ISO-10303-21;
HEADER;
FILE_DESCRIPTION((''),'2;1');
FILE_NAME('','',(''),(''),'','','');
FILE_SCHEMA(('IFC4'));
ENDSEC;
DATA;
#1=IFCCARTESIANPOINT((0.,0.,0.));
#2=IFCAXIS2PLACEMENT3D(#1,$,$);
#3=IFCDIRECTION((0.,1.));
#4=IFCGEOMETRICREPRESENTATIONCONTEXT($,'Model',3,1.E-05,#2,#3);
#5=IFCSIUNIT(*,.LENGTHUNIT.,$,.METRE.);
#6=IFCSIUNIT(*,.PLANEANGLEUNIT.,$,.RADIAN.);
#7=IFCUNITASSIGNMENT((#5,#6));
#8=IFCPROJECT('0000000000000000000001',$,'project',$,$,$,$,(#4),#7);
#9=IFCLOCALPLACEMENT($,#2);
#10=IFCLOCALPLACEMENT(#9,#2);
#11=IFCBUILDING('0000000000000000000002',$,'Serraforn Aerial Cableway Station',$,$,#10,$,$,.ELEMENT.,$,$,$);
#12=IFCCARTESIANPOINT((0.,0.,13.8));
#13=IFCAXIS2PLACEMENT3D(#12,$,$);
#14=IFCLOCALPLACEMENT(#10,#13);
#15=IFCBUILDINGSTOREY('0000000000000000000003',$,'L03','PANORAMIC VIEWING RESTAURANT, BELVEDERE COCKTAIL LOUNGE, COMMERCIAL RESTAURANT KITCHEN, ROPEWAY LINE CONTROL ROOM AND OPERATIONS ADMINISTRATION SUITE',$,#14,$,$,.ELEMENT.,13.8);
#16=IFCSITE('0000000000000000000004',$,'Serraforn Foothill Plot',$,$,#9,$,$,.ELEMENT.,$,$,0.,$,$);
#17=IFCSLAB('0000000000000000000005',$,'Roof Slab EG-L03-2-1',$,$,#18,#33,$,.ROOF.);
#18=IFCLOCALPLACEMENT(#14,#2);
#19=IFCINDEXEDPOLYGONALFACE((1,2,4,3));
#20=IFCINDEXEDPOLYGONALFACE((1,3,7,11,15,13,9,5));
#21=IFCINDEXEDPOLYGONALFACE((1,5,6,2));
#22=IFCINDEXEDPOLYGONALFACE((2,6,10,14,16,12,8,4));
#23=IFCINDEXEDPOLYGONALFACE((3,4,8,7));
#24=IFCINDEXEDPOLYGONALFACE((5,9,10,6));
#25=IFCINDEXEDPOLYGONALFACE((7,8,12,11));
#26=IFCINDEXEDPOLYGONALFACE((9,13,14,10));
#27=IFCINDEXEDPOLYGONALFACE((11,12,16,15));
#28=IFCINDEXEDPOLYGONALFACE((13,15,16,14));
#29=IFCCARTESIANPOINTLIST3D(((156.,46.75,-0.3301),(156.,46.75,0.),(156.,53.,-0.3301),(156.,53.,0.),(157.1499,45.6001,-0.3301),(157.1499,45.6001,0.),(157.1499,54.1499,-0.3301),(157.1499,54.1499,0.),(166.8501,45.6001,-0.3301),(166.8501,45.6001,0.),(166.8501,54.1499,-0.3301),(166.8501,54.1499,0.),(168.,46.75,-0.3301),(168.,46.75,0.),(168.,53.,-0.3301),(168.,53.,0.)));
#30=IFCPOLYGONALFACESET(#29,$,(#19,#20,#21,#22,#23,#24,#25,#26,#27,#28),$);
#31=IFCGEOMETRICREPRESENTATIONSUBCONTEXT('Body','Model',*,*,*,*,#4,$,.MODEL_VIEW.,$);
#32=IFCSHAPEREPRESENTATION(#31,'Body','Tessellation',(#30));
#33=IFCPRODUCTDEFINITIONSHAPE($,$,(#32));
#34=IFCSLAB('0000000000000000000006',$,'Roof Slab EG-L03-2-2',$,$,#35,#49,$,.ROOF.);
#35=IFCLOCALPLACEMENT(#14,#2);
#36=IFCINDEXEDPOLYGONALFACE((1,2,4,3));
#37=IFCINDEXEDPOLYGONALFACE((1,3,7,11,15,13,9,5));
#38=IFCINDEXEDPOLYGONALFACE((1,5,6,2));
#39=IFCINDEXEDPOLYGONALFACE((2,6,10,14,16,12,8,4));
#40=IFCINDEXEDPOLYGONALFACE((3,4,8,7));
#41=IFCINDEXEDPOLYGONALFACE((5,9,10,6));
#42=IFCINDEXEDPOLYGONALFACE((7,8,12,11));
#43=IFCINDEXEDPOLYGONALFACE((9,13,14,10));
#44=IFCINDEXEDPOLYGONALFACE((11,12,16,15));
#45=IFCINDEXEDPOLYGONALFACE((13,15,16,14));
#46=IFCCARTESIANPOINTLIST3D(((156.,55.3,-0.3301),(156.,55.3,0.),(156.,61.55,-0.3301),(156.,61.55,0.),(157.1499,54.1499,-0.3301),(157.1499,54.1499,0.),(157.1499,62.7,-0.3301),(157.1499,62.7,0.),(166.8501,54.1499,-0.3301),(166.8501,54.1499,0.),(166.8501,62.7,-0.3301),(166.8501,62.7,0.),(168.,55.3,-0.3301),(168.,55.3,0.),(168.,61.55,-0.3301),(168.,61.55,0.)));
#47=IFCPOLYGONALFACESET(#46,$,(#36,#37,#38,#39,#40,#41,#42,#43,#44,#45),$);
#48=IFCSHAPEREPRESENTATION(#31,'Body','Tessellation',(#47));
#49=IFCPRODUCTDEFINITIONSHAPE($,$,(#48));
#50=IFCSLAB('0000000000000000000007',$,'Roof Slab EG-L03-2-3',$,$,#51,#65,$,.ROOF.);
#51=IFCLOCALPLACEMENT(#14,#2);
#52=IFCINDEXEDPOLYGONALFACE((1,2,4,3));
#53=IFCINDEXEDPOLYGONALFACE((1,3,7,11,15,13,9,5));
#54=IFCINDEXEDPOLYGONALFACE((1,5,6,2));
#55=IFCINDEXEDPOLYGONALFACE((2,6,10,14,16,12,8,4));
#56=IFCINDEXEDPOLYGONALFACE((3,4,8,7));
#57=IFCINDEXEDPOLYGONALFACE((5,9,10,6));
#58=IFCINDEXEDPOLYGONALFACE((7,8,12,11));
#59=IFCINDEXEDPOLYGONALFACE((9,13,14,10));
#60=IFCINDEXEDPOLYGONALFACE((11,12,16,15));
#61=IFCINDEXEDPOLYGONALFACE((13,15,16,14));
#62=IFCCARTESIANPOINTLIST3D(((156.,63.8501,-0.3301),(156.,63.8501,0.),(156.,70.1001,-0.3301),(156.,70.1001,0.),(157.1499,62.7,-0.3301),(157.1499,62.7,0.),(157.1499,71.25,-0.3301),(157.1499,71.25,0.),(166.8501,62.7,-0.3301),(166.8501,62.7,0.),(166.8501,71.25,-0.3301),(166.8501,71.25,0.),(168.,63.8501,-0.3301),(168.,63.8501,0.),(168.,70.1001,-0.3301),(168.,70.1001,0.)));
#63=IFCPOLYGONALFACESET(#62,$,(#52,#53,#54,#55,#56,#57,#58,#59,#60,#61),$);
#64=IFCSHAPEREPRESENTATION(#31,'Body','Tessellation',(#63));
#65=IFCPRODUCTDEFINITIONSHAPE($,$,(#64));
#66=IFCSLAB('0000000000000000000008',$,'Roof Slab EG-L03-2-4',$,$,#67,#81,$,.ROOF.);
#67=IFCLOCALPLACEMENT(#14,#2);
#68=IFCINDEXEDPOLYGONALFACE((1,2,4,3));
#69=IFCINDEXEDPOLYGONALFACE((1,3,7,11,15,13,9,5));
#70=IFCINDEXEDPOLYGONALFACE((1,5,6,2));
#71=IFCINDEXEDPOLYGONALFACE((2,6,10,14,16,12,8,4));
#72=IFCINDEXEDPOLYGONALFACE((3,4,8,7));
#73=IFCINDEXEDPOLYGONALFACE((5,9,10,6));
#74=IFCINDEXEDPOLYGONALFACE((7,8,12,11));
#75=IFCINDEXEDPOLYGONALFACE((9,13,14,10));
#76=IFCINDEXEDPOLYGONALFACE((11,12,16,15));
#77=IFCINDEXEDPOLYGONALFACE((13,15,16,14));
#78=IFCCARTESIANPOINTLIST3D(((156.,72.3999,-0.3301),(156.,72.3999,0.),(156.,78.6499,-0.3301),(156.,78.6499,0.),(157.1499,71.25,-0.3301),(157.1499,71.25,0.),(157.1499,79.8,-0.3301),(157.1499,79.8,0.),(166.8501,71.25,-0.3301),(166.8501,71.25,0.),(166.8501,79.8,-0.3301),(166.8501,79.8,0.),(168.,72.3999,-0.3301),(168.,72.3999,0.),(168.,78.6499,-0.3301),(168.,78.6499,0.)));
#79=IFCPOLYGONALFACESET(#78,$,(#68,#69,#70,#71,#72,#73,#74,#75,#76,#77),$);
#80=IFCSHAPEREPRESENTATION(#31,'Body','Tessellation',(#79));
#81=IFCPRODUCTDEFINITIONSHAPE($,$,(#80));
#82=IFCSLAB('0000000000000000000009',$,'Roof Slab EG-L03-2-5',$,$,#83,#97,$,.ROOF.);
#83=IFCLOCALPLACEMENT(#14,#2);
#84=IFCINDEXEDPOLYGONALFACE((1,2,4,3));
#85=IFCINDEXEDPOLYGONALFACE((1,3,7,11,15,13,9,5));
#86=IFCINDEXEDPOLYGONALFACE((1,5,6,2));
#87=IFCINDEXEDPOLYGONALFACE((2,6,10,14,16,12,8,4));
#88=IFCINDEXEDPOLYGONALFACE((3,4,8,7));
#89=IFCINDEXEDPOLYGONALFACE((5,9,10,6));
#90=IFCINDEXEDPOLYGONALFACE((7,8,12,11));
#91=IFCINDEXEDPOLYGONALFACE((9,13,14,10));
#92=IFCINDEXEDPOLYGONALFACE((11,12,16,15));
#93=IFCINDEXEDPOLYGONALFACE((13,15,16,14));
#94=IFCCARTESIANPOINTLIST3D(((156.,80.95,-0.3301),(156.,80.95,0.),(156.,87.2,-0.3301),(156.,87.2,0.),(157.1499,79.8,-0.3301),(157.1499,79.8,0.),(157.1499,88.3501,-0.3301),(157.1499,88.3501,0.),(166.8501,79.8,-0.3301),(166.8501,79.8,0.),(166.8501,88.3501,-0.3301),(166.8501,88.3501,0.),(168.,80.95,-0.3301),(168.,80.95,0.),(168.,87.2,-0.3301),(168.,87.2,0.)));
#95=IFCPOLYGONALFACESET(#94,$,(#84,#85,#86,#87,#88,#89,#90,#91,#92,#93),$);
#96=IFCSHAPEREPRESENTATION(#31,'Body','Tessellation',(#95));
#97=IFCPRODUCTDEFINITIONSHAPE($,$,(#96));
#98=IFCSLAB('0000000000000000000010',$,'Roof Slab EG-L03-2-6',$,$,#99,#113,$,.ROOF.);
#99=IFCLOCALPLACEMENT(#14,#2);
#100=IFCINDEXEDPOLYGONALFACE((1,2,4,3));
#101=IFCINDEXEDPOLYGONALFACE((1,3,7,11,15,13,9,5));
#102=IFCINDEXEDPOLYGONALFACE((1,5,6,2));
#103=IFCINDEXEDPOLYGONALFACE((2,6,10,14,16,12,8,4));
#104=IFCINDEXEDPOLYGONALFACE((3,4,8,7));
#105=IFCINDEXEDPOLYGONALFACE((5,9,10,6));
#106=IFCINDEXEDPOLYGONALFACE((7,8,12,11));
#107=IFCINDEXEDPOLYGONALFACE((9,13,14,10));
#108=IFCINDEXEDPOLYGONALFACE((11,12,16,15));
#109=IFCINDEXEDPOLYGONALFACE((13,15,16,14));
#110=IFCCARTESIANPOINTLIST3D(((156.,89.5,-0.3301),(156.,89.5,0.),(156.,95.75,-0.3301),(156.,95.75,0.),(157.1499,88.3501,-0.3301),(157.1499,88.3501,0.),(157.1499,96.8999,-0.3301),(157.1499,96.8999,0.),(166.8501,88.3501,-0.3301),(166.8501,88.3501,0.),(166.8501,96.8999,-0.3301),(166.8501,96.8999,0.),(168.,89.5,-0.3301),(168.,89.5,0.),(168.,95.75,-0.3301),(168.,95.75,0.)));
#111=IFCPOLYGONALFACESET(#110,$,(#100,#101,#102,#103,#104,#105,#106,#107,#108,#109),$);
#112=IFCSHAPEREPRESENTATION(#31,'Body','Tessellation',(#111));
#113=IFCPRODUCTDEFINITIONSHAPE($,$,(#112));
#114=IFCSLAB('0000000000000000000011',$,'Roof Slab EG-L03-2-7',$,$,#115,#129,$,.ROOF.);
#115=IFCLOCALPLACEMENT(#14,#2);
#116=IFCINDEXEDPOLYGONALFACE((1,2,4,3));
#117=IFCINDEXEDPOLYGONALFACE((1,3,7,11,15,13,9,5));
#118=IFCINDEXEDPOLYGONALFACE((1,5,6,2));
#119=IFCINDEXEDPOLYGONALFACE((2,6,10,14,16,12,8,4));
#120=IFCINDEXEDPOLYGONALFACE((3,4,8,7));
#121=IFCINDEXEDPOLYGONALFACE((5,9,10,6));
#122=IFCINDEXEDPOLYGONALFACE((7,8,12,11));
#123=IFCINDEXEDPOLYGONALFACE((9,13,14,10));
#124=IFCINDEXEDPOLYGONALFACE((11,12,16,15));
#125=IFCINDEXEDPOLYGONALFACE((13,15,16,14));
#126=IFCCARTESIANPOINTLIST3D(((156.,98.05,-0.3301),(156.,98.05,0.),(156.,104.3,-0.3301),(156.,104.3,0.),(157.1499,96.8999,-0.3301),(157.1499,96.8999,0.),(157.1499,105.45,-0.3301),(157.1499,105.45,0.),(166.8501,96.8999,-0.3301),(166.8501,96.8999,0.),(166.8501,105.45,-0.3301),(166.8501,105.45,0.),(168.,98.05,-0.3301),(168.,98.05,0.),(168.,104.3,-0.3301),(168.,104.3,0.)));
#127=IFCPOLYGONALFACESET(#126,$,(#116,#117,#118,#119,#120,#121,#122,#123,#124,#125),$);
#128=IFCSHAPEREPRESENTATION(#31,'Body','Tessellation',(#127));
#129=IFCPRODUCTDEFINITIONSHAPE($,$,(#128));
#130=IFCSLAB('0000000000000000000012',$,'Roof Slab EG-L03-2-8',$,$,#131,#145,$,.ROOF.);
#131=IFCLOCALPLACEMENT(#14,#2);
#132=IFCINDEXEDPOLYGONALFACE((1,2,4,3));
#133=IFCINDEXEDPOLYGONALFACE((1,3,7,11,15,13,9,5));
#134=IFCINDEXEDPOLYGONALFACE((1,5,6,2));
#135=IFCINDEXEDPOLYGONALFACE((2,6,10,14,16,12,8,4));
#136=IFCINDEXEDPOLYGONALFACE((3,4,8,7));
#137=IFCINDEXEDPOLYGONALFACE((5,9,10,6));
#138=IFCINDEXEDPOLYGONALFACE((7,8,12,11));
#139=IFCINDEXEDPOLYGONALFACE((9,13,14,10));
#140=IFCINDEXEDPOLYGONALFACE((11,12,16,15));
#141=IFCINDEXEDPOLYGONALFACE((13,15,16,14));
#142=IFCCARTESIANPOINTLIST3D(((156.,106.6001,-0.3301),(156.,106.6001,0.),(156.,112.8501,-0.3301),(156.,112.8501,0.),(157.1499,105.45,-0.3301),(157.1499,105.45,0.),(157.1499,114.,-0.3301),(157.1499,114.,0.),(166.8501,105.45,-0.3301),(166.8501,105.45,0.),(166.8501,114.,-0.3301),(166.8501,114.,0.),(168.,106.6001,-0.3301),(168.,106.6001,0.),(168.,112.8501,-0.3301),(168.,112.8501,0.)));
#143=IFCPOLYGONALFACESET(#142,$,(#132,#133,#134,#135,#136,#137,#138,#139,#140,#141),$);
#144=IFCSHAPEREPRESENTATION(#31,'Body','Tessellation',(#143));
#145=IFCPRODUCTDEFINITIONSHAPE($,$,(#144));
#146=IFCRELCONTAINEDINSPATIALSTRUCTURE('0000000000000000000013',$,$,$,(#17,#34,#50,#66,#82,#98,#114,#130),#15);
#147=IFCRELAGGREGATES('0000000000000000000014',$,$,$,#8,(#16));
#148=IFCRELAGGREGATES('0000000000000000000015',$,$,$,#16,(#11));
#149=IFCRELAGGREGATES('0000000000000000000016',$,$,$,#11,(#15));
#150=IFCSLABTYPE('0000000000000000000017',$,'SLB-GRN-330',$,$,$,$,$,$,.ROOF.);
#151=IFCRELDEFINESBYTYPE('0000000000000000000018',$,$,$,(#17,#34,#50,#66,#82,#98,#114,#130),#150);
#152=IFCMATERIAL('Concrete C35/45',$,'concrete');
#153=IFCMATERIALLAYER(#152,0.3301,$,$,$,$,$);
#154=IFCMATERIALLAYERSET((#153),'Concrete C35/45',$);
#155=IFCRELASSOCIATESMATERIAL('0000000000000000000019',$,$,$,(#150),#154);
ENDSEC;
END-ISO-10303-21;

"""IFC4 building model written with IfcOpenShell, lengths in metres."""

from ifc_helpers import new_model, si_unit, direction, frame, origin, place, context, subcontext, project, spatial, polyline, outline, extrude, material, layer, layer_set, type_object, element, save


model = new_model("IFC4")

# Units and contexts
model_context = context("Model", 3, precision=1e-05, world=origin(), true_north=direction((0.0, 1.0)))
body_context = subcontext(model_context, "Body", "Model", "MODEL_VIEW")
ifc_project = project(units=[si_unit("LENGTHUNIT", "METRE"), si_unit("PLANEANGLEUNIT", "RADIAN")], contexts=[model_context])

# Site, building, storey
site_placement = place(None, origin())
site = spatial("IfcSite", under=ifc_project, at=site_placement, Name="Serraforn Foothill Plot", CompositionType="ELEMENT", RefElevation=0.0)
building_placement = place(site_placement, origin())
building = spatial("IfcBuilding", under=site, at=building_placement, Name="Serraforn Aerial Cableway Station", CompositionType="ELEMENT")
storey_placement = place(building_placement, frame((0.0, 0.0, 13.8)))
storey = spatial("IfcBuildingStorey", under=building, at=storey_placement, Name="L03", Description="PANORAMIC VIEWING RESTAURANT, BELVEDERE COCKTAIL LOUNGE, COMMERCIAL RESTAURANT KITCHEN, ROPEWAY LINE CONTROL ROOM AND OPERATIONS ADMINISTRATION SUITE", CompositionType="ELEMENT", Elevation=13.8)

# Shared definitions
ifc_material_1 = material(Name="Concrete C35/45", Category="concrete")

# Shared definitions
ifc_layer_1 = layer(ifc_material_1, 0.3301)
ifc_layer_set_1 = layer_set([ifc_layer_1], Name="Concrete C35/45")
slab_type_1 = type_object("IfcSlabType", Name="SLB-GRN-330", PredefinedType="ROOF", material=ifc_layer_set_1)

# Slabs
slab_1_placement = place(storey_placement, frame((0.0, 0.0, -0.3301)))
element("IfcSlab", 1, at=slab_1_placement, inside=storey, type_object=slab_type_1, Name="Roof Slab EG-L03-2-1", PredefinedType="ROOF", context=body_context, shape_type="SweptSolid", body=[
    extrude(outline(polyline([(157.1499, 45.6001), (166.8501, 45.6001), (168.0, 46.75), (168.0, 53.0), (166.8501, 54.1499), (157.1499, 54.1499), (156.0, 53.0), (156.0, 46.75), (157.1499, 45.6001)])), origin(), (0.0, 0.0, 1.0), 0.3301),
])
slab_2_placement = place(storey_placement, frame((0.0, 0.0, -0.3301)))
element("IfcSlab", 2, at=slab_2_placement, inside=storey, type_object=slab_type_1, Name="Roof Slab EG-L03-2-2", PredefinedType="ROOF", context=body_context, shape_type="SweptSolid", body=[
    extrude(outline(polyline([(157.1499, 54.1499), (166.8501, 54.1499), (168.0, 55.3), (168.0, 61.55), (166.8501, 62.7), (157.1499, 62.7), (156.0, 61.55), (156.0, 55.3), (157.1499, 54.1499)])), origin(), (0.0, 0.0, 1.0), 0.3301),
])
slab_3_placement = place(storey_placement, frame((0.0, 0.0, -0.3301)))
element("IfcSlab", 3, at=slab_3_placement, inside=storey, type_object=slab_type_1, Name="Roof Slab EG-L03-2-3", PredefinedType="ROOF", context=body_context, shape_type="SweptSolid", body=[
    extrude(outline(polyline([(157.1499, 62.7), (166.8501, 62.7), (168.0, 63.8501), (168.0, 70.1001), (166.8501, 71.25), (157.1499, 71.25), (156.0, 70.1001), (156.0, 63.8501), (157.1499, 62.7)])), origin(), (0.0, 0.0, 1.0), 0.3301),
])
slab_4_placement = place(storey_placement, frame((0.0, 0.0, -0.3301)))
element("IfcSlab", 4, at=slab_4_placement, inside=storey, type_object=slab_type_1, Name="Roof Slab EG-L03-2-4", PredefinedType="ROOF", context=body_context, shape_type="SweptSolid", body=[
    extrude(outline(polyline([(157.1499, 71.25), (166.8501, 71.25), (168.0, 72.3999), (168.0, 78.6499), (166.8501, 79.8), (157.1499, 79.8), (156.0, 78.6499), (156.0, 72.3999), (157.1499, 71.25)])), origin(), (0.0, 0.0, 1.0), 0.3301),
])
slab_5_placement = place(storey_placement, frame((0.0, 0.0, -0.3301)))
element("IfcSlab", 5, at=slab_5_placement, inside=storey, type_object=slab_type_1, Name="Roof Slab EG-L03-2-5", PredefinedType="ROOF", context=body_context, shape_type="SweptSolid", body=[
    extrude(outline(polyline([(157.1499, 79.8), (166.8501, 79.8), (168.0, 80.95), (168.0, 87.2), (166.8501, 88.3501), (157.1499, 88.3501), (156.0, 87.2), (156.0, 80.95), (157.1499, 79.8)])), origin(), (0.0, 0.0, 1.0), 0.3301),
])
slab_6_placement = place(storey_placement, frame((0.0, 0.0, -0.3301)))
element("IfcSlab", 6, at=slab_6_placement, inside=storey, type_object=slab_type_1, Name="Roof Slab EG-L03-2-6", PredefinedType="ROOF", context=body_context, shape_type="SweptSolid", body=[
    extrude(outline(polyline([(157.1499, 88.3501), (166.8501, 88.3501), (168.0, 89.5), (168.0, 95.75), (166.8501, 96.8999), (157.1499, 96.8999), (156.0, 95.75), (156.0, 89.5), (157.1499, 88.3501)])), origin(), (0.0, 0.0, 1.0), 0.3301),
])
slab_7_placement = place(storey_placement, frame((0.0, 0.0, -0.3301)))
element("IfcSlab", 7, at=slab_7_placement, inside=storey, type_object=slab_type_1, Name="Roof Slab EG-L03-2-7", PredefinedType="ROOF", context=body_context, shape_type="SweptSolid", body=[
    extrude(outline(polyline([(157.1499, 96.8999), (166.8501, 96.8999), (168.0, 98.05), (168.0, 104.3), (166.8501, 105.45), (157.1499, 105.45), (156.0, 104.3), (156.0, 98.05), (157.1499, 96.8999)])), origin(), (0.0, 0.0, 1.0), 0.3301),
])
slab_8_placement = place(storey_placement, frame((0.0, 0.0, -0.3301)))
element("IfcSlab", 8, at=slab_8_placement, inside=storey, type_object=slab_type_1, Name="Roof Slab EG-L03-2-8", PredefinedType="ROOF", context=body_context, shape_type="SweptSolid", body=[
    extrude(outline(polyline([(157.1499, 105.45), (166.8501, 105.45), (168.0, 106.6001), (168.0, 112.8501), (166.8501, 114.0), (157.1499, 114.0), (156.0, 112.8501), (156.0, 106.6001), (157.1499, 105.45)])), origin(), (0.0, 0.0, 1.0), 0.3301),
])

save(model, "model.ifc")
